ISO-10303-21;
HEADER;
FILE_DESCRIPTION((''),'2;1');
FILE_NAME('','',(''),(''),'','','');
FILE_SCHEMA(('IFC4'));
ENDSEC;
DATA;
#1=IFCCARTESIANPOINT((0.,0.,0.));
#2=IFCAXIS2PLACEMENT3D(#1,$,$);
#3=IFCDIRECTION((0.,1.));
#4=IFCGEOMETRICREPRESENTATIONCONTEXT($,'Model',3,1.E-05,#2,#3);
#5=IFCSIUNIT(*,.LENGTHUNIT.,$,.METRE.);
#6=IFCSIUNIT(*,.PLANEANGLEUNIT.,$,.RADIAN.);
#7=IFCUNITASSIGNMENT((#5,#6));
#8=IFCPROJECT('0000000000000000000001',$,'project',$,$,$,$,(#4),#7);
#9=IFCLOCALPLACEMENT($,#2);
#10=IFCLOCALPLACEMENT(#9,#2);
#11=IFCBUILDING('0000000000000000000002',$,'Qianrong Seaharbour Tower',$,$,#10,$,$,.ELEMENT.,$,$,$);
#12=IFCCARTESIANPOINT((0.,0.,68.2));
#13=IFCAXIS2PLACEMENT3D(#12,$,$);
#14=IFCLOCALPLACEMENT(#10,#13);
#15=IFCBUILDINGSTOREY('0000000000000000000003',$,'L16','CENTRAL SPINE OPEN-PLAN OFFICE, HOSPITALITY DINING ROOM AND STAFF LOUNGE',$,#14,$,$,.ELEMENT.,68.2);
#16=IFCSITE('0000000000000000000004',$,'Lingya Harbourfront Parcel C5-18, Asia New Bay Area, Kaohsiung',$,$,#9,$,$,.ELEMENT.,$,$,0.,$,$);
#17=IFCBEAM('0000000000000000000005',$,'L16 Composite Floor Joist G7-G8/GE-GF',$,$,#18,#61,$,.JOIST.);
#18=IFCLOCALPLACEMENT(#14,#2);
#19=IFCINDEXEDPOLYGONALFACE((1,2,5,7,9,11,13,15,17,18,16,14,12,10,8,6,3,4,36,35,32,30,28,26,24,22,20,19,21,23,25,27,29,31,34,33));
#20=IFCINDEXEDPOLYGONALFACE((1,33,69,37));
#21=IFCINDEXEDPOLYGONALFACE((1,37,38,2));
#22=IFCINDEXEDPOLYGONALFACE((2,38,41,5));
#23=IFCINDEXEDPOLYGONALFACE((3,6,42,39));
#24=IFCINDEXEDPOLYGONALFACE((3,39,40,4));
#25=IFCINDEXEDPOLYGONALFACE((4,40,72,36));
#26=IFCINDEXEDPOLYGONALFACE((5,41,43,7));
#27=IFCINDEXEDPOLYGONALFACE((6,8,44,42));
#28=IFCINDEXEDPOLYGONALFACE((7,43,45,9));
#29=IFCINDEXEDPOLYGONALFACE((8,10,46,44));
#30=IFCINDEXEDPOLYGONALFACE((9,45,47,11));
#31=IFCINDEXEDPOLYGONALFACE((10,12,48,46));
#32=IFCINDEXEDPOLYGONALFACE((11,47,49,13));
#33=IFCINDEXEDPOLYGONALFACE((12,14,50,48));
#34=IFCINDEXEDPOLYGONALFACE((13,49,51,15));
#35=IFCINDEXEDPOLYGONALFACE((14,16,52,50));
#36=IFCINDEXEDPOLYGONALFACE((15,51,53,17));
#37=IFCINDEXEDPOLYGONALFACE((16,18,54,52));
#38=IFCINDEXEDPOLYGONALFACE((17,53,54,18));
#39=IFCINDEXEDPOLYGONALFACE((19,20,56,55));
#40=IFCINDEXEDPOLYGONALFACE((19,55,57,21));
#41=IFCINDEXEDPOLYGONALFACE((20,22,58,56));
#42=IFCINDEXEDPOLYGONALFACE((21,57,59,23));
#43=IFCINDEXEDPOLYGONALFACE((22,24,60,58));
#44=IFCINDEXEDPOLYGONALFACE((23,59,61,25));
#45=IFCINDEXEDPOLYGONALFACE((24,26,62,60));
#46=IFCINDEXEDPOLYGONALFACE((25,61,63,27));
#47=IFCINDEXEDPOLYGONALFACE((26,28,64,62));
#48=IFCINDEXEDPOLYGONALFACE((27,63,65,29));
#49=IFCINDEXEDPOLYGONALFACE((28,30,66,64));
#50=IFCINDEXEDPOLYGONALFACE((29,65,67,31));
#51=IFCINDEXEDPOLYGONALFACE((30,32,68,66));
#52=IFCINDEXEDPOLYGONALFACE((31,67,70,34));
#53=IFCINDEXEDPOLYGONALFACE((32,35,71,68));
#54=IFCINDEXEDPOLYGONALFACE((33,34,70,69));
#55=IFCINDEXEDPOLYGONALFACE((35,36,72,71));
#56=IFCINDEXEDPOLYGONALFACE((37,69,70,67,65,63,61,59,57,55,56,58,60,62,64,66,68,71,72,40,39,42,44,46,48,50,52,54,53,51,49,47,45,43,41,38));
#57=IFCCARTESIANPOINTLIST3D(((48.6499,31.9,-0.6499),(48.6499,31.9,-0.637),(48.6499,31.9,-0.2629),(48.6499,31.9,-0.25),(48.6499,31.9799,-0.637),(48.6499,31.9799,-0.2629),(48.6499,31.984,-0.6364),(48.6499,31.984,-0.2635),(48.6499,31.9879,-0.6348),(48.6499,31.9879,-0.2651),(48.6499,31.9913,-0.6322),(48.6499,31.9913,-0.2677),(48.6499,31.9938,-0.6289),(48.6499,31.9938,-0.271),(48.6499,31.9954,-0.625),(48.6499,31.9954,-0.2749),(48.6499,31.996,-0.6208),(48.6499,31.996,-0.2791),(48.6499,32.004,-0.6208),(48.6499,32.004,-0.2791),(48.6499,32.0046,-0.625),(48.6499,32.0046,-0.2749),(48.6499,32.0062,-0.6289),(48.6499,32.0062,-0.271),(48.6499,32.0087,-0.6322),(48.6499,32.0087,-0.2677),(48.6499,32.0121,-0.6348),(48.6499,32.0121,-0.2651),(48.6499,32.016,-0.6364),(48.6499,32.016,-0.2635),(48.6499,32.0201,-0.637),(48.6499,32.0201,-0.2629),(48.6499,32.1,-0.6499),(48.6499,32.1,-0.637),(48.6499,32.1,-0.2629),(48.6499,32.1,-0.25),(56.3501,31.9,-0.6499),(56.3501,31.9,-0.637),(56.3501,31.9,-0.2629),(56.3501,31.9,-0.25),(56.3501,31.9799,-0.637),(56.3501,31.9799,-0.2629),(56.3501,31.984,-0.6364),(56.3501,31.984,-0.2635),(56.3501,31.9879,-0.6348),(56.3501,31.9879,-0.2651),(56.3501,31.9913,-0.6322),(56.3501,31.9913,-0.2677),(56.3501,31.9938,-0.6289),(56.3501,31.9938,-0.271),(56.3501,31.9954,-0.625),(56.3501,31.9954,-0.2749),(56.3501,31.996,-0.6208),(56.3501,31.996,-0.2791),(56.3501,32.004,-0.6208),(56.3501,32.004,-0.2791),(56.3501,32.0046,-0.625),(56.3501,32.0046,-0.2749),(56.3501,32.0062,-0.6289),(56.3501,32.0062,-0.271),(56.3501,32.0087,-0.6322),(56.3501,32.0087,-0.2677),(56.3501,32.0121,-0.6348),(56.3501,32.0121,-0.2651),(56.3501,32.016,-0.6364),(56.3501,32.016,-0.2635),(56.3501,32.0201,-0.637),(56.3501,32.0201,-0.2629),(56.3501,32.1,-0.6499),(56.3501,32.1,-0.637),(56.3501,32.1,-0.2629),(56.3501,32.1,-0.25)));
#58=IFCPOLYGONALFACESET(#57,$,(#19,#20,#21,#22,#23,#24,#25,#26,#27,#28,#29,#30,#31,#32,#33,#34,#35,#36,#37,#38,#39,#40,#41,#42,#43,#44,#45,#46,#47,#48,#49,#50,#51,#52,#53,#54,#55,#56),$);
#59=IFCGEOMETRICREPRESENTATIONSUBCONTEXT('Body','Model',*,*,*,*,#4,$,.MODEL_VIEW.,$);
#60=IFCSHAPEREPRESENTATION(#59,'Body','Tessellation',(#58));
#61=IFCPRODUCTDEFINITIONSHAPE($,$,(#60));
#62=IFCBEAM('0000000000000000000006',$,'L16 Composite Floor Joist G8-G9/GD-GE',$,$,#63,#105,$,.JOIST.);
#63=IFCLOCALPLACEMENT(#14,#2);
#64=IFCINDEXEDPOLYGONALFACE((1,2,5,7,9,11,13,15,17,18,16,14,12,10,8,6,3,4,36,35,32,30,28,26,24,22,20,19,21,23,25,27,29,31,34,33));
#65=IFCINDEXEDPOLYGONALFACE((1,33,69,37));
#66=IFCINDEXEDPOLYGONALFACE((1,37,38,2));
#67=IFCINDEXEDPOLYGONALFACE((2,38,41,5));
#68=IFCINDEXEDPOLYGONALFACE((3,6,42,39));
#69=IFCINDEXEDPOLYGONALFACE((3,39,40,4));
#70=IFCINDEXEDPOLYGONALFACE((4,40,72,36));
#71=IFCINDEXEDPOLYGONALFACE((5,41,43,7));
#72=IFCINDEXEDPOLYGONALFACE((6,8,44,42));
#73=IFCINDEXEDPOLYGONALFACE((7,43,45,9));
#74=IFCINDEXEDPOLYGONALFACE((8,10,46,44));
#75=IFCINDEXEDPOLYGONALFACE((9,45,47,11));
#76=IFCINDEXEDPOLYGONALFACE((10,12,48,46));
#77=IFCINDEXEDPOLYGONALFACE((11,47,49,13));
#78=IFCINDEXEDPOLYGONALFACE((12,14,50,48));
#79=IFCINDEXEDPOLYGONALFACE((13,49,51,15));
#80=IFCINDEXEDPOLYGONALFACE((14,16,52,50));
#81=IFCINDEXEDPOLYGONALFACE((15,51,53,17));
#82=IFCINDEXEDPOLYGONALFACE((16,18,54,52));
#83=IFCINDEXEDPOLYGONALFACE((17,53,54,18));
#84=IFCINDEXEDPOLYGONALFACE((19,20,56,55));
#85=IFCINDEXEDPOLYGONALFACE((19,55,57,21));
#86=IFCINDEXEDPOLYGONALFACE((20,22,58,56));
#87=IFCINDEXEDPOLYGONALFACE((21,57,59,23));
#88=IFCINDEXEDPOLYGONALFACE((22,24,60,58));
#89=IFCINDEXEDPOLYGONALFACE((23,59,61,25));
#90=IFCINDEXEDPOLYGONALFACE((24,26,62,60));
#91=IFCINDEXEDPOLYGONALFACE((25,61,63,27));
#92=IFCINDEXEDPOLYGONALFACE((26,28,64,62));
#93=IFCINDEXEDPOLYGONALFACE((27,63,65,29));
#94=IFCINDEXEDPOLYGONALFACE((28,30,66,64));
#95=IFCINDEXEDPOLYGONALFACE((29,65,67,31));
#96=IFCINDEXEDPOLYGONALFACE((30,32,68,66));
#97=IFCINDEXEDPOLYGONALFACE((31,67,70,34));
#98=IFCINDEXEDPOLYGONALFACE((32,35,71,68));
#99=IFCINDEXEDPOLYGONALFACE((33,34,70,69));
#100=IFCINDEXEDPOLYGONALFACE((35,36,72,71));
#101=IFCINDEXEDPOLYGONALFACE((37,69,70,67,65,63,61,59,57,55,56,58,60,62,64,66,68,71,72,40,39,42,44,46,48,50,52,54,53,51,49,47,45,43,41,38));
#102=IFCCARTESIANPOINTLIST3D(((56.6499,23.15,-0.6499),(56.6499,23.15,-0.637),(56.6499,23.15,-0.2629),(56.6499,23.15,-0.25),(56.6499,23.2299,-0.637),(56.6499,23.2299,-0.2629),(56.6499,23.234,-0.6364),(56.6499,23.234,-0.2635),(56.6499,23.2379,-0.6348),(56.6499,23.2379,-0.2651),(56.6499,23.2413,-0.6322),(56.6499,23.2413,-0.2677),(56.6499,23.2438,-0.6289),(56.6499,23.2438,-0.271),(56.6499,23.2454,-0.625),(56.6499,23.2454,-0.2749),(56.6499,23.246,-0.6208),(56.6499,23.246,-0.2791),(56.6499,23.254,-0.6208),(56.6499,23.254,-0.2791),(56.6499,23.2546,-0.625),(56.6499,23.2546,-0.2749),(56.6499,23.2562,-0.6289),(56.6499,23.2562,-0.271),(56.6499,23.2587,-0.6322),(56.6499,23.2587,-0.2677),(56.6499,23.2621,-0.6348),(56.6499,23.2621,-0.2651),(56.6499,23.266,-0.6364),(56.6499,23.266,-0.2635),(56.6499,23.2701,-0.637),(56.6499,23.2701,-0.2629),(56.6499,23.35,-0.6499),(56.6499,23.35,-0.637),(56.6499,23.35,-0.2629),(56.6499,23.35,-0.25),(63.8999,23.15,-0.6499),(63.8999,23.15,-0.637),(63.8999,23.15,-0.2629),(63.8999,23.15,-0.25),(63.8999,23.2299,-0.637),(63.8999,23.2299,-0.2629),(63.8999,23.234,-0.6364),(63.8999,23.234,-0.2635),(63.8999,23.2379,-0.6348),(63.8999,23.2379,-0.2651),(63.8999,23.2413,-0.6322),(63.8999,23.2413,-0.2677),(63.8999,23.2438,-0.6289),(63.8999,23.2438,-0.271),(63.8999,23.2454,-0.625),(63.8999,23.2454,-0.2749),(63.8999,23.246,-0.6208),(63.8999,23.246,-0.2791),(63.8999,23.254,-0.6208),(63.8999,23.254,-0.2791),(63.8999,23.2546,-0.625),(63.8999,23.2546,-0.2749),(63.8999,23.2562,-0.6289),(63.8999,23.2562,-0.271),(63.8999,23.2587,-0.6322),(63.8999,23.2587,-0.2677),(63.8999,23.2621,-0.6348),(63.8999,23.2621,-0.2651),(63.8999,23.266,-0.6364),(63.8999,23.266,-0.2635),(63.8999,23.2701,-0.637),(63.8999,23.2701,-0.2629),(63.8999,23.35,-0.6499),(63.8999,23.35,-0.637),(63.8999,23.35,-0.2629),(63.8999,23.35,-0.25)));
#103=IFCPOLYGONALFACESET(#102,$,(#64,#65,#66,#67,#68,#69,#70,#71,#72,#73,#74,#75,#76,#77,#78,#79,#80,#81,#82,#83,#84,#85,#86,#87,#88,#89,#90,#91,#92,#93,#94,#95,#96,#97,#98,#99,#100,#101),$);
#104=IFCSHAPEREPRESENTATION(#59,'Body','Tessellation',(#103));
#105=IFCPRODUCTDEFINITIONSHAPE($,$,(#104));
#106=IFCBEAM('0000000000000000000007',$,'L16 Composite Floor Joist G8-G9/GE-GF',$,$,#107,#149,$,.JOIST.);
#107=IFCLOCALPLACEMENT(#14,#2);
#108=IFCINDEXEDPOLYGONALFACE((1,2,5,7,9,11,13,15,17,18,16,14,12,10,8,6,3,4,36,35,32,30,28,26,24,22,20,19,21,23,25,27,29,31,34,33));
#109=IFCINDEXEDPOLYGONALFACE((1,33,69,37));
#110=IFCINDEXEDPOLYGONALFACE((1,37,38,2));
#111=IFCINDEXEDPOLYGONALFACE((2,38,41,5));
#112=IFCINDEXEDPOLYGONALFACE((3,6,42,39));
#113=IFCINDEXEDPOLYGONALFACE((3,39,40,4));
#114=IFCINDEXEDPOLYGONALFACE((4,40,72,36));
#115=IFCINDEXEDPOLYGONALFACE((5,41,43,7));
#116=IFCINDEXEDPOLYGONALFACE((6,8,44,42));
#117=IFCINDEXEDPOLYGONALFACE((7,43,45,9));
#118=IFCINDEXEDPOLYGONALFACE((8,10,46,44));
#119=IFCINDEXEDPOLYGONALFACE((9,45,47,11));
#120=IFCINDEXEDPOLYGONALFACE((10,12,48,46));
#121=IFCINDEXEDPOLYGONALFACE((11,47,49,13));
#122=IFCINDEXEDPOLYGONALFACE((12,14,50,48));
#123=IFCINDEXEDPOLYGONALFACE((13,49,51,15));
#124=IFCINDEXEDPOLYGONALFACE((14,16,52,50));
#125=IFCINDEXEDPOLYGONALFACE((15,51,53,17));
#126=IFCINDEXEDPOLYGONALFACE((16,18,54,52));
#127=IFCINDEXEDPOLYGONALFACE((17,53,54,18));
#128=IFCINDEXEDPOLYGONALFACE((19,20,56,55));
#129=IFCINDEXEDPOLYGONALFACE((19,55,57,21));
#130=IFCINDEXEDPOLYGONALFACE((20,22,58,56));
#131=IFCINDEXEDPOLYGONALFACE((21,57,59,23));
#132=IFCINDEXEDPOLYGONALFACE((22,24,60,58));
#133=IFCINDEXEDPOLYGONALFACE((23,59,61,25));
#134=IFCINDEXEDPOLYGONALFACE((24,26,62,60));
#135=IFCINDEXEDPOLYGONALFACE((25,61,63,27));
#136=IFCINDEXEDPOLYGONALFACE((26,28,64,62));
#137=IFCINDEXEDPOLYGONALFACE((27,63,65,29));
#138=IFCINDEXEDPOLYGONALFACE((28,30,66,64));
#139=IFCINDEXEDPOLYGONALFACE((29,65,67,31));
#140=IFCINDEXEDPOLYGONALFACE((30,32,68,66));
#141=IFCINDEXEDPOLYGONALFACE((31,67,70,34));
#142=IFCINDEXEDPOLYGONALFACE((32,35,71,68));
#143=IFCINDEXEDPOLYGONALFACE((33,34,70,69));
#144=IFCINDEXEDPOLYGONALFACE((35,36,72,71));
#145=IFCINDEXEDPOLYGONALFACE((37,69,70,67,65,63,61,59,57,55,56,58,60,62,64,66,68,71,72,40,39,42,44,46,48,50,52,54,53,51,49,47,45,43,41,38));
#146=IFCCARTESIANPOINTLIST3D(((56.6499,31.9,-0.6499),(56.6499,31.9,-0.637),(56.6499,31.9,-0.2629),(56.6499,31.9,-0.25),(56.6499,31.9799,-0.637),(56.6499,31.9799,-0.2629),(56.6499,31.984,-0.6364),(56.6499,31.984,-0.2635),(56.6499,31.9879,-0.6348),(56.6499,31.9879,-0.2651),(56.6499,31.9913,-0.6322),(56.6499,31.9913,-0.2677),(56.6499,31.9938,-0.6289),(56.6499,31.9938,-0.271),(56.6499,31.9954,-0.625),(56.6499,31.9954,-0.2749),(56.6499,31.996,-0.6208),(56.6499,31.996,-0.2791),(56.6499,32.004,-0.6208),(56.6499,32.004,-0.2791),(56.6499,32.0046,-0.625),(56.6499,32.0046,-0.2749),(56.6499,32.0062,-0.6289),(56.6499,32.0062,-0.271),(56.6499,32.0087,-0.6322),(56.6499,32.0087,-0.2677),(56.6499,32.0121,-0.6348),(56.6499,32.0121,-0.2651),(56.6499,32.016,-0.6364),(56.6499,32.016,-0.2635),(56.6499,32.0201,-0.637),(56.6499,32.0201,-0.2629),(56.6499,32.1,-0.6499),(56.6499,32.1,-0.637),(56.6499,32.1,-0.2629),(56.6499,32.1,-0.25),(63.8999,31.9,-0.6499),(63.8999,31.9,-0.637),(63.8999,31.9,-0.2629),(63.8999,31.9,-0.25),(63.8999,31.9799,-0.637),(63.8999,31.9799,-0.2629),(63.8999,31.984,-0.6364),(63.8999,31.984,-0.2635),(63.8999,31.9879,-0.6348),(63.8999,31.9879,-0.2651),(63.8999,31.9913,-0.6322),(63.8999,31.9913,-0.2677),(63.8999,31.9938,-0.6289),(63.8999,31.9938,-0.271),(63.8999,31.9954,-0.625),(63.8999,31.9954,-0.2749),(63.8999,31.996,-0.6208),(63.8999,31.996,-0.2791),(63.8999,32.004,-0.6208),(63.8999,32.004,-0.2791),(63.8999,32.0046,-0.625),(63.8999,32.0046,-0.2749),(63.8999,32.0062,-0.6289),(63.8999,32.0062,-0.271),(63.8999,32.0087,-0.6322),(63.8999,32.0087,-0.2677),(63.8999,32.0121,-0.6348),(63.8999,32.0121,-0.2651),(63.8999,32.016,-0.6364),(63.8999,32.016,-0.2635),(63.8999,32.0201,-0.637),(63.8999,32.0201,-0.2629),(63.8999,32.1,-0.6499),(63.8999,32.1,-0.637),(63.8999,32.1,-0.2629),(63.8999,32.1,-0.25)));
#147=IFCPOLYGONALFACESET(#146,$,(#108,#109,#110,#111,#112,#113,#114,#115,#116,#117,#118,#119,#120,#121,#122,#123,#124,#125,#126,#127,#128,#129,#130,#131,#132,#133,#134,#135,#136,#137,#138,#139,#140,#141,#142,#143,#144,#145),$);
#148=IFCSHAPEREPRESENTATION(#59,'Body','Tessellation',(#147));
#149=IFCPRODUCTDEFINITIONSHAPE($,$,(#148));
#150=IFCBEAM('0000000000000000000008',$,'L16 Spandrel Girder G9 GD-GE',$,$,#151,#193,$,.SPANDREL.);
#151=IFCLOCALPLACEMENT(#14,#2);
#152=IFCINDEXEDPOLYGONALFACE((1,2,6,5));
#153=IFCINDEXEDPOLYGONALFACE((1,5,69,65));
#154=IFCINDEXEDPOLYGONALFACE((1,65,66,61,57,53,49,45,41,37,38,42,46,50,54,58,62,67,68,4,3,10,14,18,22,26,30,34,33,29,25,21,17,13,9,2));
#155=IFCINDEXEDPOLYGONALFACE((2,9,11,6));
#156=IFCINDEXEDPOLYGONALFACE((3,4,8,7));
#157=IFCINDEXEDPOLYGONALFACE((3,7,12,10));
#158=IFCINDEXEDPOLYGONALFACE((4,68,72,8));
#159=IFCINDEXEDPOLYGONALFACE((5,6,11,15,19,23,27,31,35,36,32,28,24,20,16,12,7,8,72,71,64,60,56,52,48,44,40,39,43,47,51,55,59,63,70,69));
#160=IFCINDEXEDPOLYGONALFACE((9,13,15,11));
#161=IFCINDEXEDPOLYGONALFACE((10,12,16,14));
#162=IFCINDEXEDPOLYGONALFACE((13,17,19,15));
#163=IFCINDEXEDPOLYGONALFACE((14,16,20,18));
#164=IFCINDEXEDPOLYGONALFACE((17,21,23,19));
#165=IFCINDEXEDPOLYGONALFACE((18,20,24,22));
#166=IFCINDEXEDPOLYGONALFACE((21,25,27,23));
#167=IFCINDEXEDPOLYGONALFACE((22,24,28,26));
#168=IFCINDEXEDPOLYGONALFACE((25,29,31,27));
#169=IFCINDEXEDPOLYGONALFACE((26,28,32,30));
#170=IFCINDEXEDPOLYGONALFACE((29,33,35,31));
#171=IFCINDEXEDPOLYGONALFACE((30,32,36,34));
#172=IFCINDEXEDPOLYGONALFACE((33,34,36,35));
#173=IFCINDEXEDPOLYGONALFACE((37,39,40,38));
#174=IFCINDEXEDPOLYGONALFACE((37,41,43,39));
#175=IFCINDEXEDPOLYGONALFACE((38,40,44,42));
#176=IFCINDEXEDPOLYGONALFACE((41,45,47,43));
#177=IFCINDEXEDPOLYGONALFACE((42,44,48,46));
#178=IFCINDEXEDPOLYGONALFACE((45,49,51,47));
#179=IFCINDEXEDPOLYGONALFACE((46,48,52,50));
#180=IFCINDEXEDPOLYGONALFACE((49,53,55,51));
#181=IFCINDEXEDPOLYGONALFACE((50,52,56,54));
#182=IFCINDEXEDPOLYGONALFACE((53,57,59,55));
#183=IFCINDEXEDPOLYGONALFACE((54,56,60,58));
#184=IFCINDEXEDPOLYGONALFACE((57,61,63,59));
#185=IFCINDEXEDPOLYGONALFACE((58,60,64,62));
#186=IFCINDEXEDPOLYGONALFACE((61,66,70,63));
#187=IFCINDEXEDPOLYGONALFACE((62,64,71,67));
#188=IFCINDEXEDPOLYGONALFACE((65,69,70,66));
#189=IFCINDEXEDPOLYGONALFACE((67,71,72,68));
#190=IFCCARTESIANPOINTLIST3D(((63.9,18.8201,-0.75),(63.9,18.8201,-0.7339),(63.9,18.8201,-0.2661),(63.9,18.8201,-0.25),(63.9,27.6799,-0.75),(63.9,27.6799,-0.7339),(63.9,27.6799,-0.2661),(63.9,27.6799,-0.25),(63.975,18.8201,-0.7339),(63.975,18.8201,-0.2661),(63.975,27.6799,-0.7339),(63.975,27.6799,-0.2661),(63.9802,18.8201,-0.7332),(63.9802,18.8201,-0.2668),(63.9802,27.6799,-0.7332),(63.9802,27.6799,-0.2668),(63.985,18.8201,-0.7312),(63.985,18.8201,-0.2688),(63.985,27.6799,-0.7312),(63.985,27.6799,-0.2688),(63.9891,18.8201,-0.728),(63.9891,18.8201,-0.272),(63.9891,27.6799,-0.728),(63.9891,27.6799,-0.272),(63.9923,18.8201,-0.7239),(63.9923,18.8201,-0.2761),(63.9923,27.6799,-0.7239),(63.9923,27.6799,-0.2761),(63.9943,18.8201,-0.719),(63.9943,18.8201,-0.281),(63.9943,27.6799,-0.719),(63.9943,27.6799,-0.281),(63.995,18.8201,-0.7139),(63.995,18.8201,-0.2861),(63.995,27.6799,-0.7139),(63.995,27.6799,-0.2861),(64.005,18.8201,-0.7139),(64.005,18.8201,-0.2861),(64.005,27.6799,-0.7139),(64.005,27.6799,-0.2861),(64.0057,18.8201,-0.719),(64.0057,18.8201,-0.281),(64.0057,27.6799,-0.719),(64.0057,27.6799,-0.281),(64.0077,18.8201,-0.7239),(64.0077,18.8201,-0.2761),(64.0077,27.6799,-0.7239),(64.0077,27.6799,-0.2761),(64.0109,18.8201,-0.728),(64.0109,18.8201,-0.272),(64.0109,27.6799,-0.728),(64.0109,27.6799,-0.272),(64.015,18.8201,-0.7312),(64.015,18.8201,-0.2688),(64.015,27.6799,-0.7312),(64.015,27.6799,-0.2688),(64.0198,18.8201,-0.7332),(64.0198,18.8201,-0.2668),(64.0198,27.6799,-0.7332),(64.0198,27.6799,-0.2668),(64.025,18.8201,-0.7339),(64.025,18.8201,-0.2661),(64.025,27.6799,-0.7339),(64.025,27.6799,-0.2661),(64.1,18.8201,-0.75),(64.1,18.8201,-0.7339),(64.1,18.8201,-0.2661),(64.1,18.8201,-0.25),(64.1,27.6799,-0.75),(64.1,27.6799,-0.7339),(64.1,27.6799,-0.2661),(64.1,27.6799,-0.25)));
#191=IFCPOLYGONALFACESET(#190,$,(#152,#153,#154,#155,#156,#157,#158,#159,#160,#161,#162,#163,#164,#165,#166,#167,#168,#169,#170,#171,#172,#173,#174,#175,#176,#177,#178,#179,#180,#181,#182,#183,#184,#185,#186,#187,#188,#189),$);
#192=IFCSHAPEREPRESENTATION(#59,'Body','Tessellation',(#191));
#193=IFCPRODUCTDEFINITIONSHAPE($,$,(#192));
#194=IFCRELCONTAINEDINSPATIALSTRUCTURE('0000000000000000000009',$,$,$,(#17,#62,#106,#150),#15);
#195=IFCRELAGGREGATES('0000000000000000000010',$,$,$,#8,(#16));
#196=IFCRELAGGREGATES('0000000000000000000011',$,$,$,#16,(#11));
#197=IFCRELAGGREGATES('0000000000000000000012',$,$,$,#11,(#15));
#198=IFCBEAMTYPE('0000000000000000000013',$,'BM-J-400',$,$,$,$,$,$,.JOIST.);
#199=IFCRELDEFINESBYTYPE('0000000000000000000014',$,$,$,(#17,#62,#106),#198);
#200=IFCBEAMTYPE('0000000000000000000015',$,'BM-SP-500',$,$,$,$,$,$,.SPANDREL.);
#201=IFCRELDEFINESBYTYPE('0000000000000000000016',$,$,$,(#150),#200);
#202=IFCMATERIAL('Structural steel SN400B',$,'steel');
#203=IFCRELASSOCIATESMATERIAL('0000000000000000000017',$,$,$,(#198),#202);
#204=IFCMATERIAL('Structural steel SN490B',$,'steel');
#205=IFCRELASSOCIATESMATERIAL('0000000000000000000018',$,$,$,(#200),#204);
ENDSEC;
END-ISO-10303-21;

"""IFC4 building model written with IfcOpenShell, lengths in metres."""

from ifc_helpers import new_model, si_unit, direction, frame, origin, origin_2d, place, context, subcontext, project, spatial, i_section, extrude, material, material_profile, profile_set, type_object, element, save


model = new_model("IFC4")

# Units and contexts
model_context = context("Model", 3, precision=1e-05, world=origin(), true_north=direction((0.0, 1.0)))
body_context = subcontext(model_context, "Body", "Model", "MODEL_VIEW")
ifc_project = project(units=[si_unit("LENGTHUNIT", "METRE"), si_unit("PLANEANGLEUNIT", "RADIAN")], contexts=[model_context])

# Site, building, storey
site_placement = place(None, origin())
site = spatial("IfcSite", under=ifc_project, at=site_placement, Name="Lingya Harbourfront Parcel C5-18, Asia New Bay Area, Kaohsiung", CompositionType="ELEMENT", RefElevation=0.0)
building_placement = place(site_placement, origin())
building = spatial("IfcBuilding", under=site, at=building_placement, Name="Qianrong Seaharbour Tower", CompositionType="ELEMENT")
storey_placement = place(building_placement, frame((0.0, 0.0, 68.2)))
storey = spatial("IfcBuildingStorey", under=building, at=storey_placement, Name="L16", Description="CENTRAL SPINE OPEN-PLAN OFFICE, HOSPITALITY DINING ROOM AND STAFF LOUNGE", CompositionType="ELEMENT", Elevation=68.2)

# Shared definitions
ifc_material_1 = material(Name="Structural steel SN490B", Category="steel")

# Beams
ifc_material_2 = material(Name="Structural steel SN400B", Category="steel")
ifc_material_profile_1 = material_profile(ifc_material_2, i_section(OverallWidth=0.2, OverallDepth=0.3999, WebThickness=0.0081, FlangeThickness=0.0129, FilletRadius=0.0161, at=origin_2d()), Name="H400x200x8x13")
ifc_profile_set_1 = profile_set([ifc_material_profile_1], Name="Structural steel SN400B")
beam_type_1 = type_object("IfcBeamType", Name="BM-J-400", PredefinedType="JOIST", material=ifc_profile_set_1)
for number, where, z_axis, x_axis, name in (
    (1, (48.6499, 32.0, -0.45), (1.0, 0.0, 0.0), (0.0, 1.0, 0.0), "L16 Composite Floor Joist G7-G8/GE-GF"),
):
    element("IfcBeam", number, at=place(storey_placement, frame(where, z_axis=z_axis, x_axis=x_axis)), inside=storey, type_object=beam_type_1, Name=name, PredefinedType="JOIST", context=body_context, shape_type="SweptSolid", body=[
        extrude(i_section(OverallWidth=0.2, OverallDepth=0.3999, WebThickness=0.0081, FlangeThickness=0.0129, FilletRadius=0.0161, at=origin_2d()), origin(), (0.0, 0.0, 1.0), 7.7002),
    ])
for number, where, z_axis, x_axis, name in (
    (2, (56.6499, 23.25, -0.45), (1.0, 0.0, 0.0), (0.0, 1.0, 0.0), "L16 Composite Floor Joist G8-G9/GD-GE"),
    (3, (56.6499, 32.0, -0.45), (1.0, 0.0, 0.0), (0.0, 1.0, 0.0), "L16 Composite Floor Joist G8-G9/GE-GF"),
):
    element("IfcBeam", number, at=place(storey_placement, frame(where, z_axis=z_axis, x_axis=x_axis)), inside=storey, type_object=beam_type_1, Name=name, PredefinedType="JOIST", context=body_context, shape_type="SweptSolid", body=[
        extrude(i_section(OverallWidth=0.2, OverallDepth=0.3999, WebThickness=0.0081, FlangeThickness=0.0129, FilletRadius=0.0161, at=origin_2d()), origin(), (0.0, 0.0, 1.0), 7.25),
    ])
ifc_material_profile_2 = material_profile(ifc_material_1, i_section(OverallWidth=0.2, OverallDepth=0.5, WebThickness=0.01, FlangeThickness=0.0161, FilletRadius=0.02, at=origin_2d()), Name="H500x200x10x16")
ifc_profile_set_2 = profile_set([ifc_material_profile_2], Name="Structural steel SN490B")
beam_type_2 = type_object("IfcBeamType", Name="BM-SP-500", PredefinedType="SPANDREL", material=ifc_profile_set_2)
beam_1_placement = place(storey_placement, frame((64.0, 18.8201, -0.5), z_axis=(0.0, 1.0, 0.0), x_axis=(-1.0, 0.0, 0.0)))
element("IfcBeam", 4, at=beam_1_placement, inside=storey, type_object=beam_type_2, Name="L16 Spandrel Girder G9 GD-GE", PredefinedType="SPANDREL", context=body_context, shape_type="SweptSolid", body=[
    extrude(i_section(OverallWidth=0.2, OverallDepth=0.5, WebThickness=0.01, FlangeThickness=0.0161, FilletRadius=0.02, at=origin_2d()), origin(), (0.0, 0.0, 1.0), 8.8599),
])

save(model, "model.ifc")
